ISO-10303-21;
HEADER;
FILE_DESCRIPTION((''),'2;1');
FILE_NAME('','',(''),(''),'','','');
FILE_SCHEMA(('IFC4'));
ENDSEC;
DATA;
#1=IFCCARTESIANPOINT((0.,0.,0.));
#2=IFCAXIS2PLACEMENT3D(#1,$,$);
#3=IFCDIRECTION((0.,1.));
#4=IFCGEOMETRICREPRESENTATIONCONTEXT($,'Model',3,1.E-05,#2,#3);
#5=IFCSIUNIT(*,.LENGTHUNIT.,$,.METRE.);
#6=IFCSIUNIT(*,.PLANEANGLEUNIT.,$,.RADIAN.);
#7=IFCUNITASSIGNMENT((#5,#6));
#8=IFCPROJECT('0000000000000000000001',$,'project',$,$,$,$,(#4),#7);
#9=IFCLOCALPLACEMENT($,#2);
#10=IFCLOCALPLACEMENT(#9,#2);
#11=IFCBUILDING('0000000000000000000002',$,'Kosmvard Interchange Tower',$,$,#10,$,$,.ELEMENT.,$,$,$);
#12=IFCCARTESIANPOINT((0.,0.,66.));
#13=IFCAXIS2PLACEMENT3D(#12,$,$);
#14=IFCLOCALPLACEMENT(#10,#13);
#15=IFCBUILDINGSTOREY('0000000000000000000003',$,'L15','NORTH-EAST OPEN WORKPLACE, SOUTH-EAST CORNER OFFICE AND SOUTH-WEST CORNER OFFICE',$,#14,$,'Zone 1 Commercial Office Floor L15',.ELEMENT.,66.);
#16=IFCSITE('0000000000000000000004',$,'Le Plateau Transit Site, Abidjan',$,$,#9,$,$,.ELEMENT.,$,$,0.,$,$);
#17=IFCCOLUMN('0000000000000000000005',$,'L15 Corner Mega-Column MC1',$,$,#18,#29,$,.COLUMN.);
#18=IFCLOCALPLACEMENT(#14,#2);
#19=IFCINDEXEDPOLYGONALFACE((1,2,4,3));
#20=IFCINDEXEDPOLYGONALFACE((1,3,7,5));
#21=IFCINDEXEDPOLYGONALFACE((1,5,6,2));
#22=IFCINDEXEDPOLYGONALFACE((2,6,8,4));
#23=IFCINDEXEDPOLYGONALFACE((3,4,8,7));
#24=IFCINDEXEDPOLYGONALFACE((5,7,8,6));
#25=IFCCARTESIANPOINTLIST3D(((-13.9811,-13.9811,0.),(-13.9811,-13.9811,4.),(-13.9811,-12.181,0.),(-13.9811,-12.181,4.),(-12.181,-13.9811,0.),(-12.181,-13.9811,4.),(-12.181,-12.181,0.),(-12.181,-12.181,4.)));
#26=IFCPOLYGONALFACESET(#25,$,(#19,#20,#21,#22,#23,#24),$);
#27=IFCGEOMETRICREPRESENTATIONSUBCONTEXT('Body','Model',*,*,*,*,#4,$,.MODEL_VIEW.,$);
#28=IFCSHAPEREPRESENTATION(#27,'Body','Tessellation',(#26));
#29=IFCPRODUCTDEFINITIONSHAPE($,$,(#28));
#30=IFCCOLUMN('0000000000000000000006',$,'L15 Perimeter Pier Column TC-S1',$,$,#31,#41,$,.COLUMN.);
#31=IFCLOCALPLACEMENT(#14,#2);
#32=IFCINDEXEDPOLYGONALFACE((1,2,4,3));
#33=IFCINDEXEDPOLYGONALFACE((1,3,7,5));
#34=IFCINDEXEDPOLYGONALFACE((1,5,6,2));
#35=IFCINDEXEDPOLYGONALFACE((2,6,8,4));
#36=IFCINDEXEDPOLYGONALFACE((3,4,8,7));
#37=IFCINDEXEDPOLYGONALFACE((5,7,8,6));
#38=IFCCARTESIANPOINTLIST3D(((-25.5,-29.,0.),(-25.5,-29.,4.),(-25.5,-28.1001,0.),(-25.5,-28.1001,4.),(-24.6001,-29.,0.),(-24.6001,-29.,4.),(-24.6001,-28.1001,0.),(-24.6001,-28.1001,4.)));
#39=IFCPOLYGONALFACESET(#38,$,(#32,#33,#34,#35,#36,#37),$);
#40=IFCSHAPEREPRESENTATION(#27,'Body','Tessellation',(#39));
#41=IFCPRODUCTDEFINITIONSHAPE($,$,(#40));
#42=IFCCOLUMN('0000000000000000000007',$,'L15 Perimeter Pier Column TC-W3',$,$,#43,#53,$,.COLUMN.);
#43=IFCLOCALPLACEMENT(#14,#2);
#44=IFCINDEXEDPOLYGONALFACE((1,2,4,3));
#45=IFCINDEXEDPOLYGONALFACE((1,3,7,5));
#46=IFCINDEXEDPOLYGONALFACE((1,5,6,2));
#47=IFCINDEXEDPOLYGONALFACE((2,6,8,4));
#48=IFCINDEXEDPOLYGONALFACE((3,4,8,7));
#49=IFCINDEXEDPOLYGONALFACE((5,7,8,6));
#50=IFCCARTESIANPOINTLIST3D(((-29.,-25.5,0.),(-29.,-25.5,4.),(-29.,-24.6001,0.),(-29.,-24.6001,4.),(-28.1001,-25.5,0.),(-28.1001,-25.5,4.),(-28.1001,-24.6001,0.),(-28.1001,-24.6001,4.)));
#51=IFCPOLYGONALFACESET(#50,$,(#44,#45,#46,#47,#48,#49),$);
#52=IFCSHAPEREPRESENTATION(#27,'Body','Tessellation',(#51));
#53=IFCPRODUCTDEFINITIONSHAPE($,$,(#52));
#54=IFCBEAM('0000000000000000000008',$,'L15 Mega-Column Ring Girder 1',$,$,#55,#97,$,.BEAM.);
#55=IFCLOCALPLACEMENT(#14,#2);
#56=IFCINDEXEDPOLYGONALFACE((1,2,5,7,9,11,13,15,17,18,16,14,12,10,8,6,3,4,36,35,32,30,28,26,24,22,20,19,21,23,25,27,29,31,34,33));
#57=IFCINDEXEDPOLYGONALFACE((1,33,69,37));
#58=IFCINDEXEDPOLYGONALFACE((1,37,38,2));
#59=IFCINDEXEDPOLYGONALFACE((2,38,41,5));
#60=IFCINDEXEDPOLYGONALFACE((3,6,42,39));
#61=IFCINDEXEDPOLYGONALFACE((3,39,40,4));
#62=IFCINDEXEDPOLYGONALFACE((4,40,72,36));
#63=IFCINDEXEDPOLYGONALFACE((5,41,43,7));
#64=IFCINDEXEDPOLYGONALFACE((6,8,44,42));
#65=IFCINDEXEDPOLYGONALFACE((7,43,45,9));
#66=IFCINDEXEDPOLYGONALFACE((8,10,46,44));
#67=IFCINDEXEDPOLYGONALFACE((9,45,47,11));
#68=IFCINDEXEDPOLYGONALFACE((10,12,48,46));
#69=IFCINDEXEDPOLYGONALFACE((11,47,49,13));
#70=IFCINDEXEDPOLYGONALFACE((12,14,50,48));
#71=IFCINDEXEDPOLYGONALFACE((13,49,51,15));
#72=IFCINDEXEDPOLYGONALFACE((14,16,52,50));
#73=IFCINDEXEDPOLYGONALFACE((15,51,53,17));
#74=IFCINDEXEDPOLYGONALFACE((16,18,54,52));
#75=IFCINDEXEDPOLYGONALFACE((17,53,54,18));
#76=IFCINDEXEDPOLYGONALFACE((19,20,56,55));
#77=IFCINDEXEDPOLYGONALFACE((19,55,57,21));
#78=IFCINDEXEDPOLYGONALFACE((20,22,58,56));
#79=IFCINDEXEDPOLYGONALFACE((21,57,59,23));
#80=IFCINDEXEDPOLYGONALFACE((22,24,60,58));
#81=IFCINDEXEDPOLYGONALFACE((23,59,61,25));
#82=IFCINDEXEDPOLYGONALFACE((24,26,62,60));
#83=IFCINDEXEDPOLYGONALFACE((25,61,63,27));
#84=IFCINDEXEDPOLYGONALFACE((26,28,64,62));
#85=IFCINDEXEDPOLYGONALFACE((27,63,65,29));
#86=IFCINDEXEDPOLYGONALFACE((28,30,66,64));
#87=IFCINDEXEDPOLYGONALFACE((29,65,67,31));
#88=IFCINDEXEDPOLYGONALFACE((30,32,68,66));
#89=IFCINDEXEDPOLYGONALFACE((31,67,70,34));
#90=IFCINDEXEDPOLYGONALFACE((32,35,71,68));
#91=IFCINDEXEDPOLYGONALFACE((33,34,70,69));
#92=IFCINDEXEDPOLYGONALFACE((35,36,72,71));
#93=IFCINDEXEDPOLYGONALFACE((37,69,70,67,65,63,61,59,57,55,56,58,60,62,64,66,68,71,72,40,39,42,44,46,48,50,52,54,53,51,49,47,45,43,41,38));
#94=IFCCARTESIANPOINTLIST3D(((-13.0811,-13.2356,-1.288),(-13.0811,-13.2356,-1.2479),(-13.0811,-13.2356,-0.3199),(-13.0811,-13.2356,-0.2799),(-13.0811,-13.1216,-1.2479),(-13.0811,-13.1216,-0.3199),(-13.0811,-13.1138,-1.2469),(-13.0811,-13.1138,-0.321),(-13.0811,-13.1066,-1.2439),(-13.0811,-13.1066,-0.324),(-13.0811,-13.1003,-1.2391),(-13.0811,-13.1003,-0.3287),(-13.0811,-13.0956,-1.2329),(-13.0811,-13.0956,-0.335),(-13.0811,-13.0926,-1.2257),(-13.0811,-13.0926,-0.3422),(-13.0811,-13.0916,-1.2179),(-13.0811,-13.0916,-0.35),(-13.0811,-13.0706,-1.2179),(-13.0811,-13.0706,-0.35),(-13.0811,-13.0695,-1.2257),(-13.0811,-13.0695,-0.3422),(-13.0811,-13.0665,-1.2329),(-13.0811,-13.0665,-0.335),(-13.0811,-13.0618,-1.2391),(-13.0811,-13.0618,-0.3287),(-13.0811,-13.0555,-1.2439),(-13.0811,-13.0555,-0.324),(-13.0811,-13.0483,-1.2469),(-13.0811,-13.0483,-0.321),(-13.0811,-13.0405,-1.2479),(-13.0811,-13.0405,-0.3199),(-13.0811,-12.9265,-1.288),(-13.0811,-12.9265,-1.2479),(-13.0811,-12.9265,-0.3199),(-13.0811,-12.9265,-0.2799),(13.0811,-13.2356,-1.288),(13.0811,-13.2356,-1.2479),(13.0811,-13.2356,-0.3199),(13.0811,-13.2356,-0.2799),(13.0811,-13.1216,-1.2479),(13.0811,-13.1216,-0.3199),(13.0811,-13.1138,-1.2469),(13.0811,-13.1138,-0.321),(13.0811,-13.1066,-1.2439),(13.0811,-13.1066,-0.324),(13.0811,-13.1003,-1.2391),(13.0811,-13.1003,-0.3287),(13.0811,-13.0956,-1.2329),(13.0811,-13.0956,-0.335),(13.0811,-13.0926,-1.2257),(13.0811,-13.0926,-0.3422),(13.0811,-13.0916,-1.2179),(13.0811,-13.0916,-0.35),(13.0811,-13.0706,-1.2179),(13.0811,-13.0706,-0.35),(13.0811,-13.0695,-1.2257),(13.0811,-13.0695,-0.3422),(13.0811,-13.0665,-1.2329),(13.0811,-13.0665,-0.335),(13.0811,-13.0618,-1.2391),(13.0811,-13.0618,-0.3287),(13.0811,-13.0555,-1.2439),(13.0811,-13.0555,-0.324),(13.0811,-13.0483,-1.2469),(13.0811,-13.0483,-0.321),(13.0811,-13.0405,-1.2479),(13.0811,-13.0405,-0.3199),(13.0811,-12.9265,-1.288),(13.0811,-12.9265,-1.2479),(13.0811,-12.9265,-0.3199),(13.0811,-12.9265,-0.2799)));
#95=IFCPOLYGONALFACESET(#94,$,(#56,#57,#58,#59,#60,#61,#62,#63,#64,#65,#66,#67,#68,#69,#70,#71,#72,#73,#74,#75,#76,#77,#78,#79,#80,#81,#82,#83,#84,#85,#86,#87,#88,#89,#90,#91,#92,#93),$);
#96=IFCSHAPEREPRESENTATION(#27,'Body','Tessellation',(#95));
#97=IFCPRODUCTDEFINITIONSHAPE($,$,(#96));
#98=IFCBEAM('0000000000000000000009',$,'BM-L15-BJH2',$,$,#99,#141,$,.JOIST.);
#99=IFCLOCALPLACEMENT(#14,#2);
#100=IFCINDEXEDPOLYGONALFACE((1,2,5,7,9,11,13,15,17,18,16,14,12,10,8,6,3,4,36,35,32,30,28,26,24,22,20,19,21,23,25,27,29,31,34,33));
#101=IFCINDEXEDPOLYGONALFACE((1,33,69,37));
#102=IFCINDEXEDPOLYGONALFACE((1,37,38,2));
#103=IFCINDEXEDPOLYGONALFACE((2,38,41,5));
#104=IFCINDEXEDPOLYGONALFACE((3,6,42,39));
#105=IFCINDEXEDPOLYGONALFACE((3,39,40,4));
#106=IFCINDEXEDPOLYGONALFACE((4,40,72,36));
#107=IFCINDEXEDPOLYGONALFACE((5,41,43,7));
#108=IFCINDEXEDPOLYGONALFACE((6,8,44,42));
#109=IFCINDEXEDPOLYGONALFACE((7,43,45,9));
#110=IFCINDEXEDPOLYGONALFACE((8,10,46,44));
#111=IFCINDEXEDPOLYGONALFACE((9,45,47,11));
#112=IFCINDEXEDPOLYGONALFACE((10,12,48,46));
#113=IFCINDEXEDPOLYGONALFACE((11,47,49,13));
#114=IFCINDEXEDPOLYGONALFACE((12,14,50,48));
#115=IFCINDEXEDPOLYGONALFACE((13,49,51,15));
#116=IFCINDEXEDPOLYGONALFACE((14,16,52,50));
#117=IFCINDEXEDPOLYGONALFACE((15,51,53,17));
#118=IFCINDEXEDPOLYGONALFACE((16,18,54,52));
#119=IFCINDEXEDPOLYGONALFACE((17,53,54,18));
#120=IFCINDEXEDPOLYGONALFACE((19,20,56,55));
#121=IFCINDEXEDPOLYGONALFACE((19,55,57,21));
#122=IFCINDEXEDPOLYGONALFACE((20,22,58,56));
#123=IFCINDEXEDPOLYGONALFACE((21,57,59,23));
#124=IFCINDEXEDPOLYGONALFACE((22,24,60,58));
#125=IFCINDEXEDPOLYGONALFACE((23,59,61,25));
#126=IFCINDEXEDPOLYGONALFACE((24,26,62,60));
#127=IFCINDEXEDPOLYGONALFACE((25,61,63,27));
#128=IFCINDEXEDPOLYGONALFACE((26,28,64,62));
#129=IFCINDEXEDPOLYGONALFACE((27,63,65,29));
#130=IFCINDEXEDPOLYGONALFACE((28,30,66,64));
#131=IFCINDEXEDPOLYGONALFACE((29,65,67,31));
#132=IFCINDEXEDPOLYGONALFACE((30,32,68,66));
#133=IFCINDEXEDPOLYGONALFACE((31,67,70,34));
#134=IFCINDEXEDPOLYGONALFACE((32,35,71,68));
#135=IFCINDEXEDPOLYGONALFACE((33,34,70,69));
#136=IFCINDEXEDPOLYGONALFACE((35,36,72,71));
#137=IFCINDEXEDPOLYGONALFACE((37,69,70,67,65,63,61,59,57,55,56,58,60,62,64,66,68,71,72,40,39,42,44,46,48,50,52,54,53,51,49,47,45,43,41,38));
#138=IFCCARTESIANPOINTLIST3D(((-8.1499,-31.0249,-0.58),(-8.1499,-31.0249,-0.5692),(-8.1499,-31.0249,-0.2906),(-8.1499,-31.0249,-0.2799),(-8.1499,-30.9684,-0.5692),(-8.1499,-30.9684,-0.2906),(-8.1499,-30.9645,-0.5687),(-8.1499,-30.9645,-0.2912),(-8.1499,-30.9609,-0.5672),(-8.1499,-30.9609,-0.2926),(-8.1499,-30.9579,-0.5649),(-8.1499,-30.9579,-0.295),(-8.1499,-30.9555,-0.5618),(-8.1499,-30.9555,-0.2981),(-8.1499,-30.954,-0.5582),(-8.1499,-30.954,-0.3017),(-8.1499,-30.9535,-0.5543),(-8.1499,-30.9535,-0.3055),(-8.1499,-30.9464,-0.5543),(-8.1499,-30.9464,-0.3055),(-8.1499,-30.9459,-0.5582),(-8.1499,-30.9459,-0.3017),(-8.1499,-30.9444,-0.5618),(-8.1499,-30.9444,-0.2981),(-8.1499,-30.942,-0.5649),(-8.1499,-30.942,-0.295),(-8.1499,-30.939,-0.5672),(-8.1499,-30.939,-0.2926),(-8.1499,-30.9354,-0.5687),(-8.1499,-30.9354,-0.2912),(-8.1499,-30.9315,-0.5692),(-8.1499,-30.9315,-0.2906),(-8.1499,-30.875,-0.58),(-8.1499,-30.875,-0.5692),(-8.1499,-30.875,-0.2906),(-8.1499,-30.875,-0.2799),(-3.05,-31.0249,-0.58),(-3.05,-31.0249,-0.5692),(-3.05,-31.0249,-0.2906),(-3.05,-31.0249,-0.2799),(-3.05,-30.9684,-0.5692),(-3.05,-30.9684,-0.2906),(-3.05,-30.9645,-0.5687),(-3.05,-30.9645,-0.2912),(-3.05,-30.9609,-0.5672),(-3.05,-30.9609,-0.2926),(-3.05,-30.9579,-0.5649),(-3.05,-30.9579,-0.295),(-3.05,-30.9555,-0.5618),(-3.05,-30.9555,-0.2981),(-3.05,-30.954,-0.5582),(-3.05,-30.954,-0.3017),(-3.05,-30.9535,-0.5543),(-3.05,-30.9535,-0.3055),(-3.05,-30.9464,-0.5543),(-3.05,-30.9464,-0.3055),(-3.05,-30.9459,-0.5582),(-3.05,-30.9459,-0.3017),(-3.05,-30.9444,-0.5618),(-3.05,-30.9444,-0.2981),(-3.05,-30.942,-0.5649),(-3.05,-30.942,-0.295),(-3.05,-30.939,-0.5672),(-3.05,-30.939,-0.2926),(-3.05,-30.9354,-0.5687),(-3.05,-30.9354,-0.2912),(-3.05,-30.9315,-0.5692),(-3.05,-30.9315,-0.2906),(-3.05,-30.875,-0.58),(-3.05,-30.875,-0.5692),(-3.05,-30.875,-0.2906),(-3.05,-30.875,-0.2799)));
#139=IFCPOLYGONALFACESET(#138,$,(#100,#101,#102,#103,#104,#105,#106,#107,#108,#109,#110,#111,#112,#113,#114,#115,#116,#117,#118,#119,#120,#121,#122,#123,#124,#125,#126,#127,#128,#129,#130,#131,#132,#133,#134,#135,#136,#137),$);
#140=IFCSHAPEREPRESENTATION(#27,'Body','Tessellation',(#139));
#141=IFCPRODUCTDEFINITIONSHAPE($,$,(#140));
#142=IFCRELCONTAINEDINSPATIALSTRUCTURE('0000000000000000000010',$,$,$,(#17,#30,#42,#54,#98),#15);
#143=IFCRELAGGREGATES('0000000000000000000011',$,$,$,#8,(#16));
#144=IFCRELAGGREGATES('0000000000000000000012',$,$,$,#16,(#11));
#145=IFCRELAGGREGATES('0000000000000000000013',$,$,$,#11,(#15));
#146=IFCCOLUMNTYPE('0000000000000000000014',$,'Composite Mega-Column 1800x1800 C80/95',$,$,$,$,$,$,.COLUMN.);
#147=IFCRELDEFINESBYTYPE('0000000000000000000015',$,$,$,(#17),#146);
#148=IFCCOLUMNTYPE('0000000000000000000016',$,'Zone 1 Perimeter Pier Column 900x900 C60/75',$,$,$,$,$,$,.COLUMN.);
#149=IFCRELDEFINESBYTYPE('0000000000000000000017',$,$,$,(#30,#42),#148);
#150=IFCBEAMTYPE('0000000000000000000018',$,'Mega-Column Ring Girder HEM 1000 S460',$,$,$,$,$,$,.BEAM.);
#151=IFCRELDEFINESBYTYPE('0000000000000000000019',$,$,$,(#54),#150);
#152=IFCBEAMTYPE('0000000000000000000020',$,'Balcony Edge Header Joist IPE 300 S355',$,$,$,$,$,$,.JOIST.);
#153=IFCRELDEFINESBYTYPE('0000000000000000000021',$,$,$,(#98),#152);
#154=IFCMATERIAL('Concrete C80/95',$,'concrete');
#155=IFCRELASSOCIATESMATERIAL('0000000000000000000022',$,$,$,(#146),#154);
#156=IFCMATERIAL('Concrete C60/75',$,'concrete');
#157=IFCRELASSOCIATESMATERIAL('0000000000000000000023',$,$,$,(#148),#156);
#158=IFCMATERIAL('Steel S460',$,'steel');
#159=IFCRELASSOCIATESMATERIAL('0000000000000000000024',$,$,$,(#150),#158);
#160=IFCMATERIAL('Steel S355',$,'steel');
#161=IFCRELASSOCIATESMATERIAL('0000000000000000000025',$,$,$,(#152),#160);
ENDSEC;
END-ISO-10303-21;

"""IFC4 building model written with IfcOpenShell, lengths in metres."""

from ifc_helpers import new_model, si_unit, direction, frame, origin, origin_2d, place, context, subcontext, project, spatial, rectangle, i_section, extrude, source, transform, mapped, material, material_profile, profile_set, type_object, element, save


model = new_model("IFC4")

# Units and contexts
model_context = context("Model", 3, precision=1e-05, world=origin(), true_north=direction((0.0, 1.0)))
body_context = subcontext(model_context, "Body", "Model", "MODEL_VIEW")
ifc_project = project(units=[si_unit("LENGTHUNIT", "METRE"), si_unit("PLANEANGLEUNIT", "RADIAN")], contexts=[model_context])

# Site, building, storey
site_placement = place(None, origin())
site = spatial("IfcSite", under=ifc_project, at=site_placement, Name="Le Plateau Transit Site, Abidjan", CompositionType="ELEMENT", RefElevation=0.0)
building_placement = place(site_placement, origin())
building = spatial("IfcBuilding", under=site, at=building_placement, Name="Kosmvard Interchange Tower", CompositionType="ELEMENT")
storey_placement = place(building_placement, frame((0.0, 0.0, 66.0)))
storey = spatial("IfcBuildingStorey", under=building, at=storey_placement, Name="L15", Description="NORTH-EAST OPEN WORKPLACE, SOUTH-EAST CORNER OFFICE AND SOUTH-WEST CORNER OFFICE", LongName="Zone 1 Commercial Office Floor L15", CompositionType="ELEMENT", Elevation=66.0)

# Columns
ifc_material_1 = material(Name="Concrete C80/95", Category="concrete")
ifc_material_profile_1 = material_profile(ifc_material_1, rectangle(XDim=1.8, YDim=1.8, at=origin_2d()), Name="MC 1800x1800")
ifc_profile_set_1 = profile_set([ifc_material_profile_1], Name="Concrete C80/95")
column_type_1 = type_object("IfcColumnType", Name="Composite Mega-Column 1800x1800 C80/95", PredefinedType="COLUMN", material=ifc_profile_set_1)
shared_shape_1 = source(origin(), body_context, "Body", "SweptSolid", [
    extrude(rectangle(XDim=1.8, YDim=1.8, at=origin_2d()), origin(), (0.0, 0.0, 1.0), 4.0),
])
column_placement = place(storey_placement, frame((-13.0811, -13.0811, 0.0), z_axis=(0.0, 0.0, 1.0), x_axis=(1.0, 0.0, 0.0)))
element("IfcColumn", 1, at=column_placement, inside=storey, type_object=column_type_1, Name="L15 Corner Mega-Column MC1", PredefinedType="COLUMN", context=body_context, shape_type="MappedRepresentation", body=[
    mapped(shared_shape_1, transform((0.0, 0.0, 0.0), scale=1.0)),
])
ifc_material_2 = material(Name="Concrete C60/75", Category="concrete")
ifc_material_profile_2 = material_profile(ifc_material_2, rectangle(XDim=0.8999, YDim=0.8999, at=origin_2d()), Name="TC 900x900")
ifc_profile_set_2 = profile_set([ifc_material_profile_2], Name="Concrete C60/75")
column_type_2 = type_object("IfcColumnType", Name="Zone 1 Perimeter Pier Column 900x900 C60/75", PredefinedType="COLUMN", material=ifc_profile_set_2)
shared_shape_2 = source(origin(), body_context, "Body", "SweptSolid", [
    extrude(rectangle(XDim=0.8999, YDim=0.8999, at=origin_2d()), origin(), (0.0, 0.0, 1.0), 4.0),
])
for number, where, z_axis, x_axis, name in (
    (2, (-25.05, -28.55, 0.0), (0.0, 0.0, 1.0), (1.0, 0.0, 0.0), "L15 Perimeter Pier Column TC-S1"),
    (3, (-28.55, -25.05, 0.0), (0.0, 0.0, 1.0), (1.0, 0.0, 0.0), "L15 Perimeter Pier Column TC-W3"),
):
    element("IfcColumn", number, at=place(storey_placement, frame(where, z_axis=z_axis, x_axis=x_axis)), inside=storey, type_object=column_type_2, Name=name, PredefinedType="COLUMN", context=body_context, shape_type="MappedRepresentation", body=[
        mapped(shared_shape_2, transform((0.0, 0.0, 0.0), scale=1.0)),
    ])

# Beams
ifc_material_3 = material(Name="Steel S460", Category="steel")
ifc_material_profile_3 = material_profile(ifc_material_3, i_section(OverallWidth=0.3091, OverallDepth=1.0081, WebThickness=0.021, FlangeThickness=0.04, FilletRadius=0.03, at=origin_2d()), Name="HEM 1000")
ifc_profile_set_3 = profile_set([ifc_material_profile_3], Name="Steel S460")
beam_type_1 = type_object("IfcBeamType", Name="Mega-Column Ring Girder HEM 1000 S460", PredefinedType="BEAM", material=ifc_profile_set_3)
shared_shape_3 = source(origin(), body_context, "Body", "SweptSolid", [
    extrude(i_section(OverallWidth=0.3091, OverallDepth=1.0081, WebThickness=0.021, FlangeThickness=0.04, FilletRadius=0.03, at=origin_2d()), origin(), (0.0, 0.0, 1.0), 26.1621),
])
beam_1_placement = place(storey_placement, frame((-13.0811, -13.0811, -0.7839), z_axis=(1.0, 0.0, 0.0), x_axis=(0.0, 1.0, 0.0)))
element("IfcBeam", 4, at=beam_1_placement, inside=storey, type_object=beam_type_1, Name="L15 Mega-Column Ring Girder 1", PredefinedType="BEAM", context=body_context, shape_type="MappedRepresentation", body=[
    mapped(shared_shape_3, transform((0.0, 0.0, 0.0), scale=1.0)),
])
ifc_material_4 = material(Name="Steel S355", Category="steel")
ifc_material_profile_4 = material_profile(ifc_material_4, i_section(OverallWidth=0.1499, OverallDepth=0.3, WebThickness=0.0071, FlangeThickness=0.0107, FilletRadius=0.0149, at=origin_2d()), Name="IPE 300")
ifc_profile_set_4 = profile_set([ifc_material_profile_4], Name="Steel S355")
beam_type_2 = type_object("IfcBeamType", Name="Balcony Edge Header Joist IPE 300 S355", PredefinedType="JOIST", material=ifc_profile_set_4)
shared_shape_4 = source(origin(), body_context, "Body", "SweptSolid", [
    extrude(i_section(OverallWidth=0.1499, OverallDepth=0.3, WebThickness=0.0071, FlangeThickness=0.0107, FilletRadius=0.0149, at=origin_2d()), origin(), (0.0, 0.0, 1.0), 5.0999),
])
beam_2_placement = place(storey_placement, frame((-8.1499, -30.95, -0.4299), z_axis=(1.0, 0.0, 0.0), x_axis=(0.0, 1.0, 0.0)))
element("IfcBeam", 5, at=beam_2_placement, inside=storey, type_object=beam_type_2, Name="BM-L15-BJH2", PredefinedType="JOIST", context=body_context, shape_type="MappedRepresentation", body=[
    mapped(shared_shape_4, transform((0.0, 0.0, 0.0), scale=1.0)),
])

save(model, "model.ifc")
